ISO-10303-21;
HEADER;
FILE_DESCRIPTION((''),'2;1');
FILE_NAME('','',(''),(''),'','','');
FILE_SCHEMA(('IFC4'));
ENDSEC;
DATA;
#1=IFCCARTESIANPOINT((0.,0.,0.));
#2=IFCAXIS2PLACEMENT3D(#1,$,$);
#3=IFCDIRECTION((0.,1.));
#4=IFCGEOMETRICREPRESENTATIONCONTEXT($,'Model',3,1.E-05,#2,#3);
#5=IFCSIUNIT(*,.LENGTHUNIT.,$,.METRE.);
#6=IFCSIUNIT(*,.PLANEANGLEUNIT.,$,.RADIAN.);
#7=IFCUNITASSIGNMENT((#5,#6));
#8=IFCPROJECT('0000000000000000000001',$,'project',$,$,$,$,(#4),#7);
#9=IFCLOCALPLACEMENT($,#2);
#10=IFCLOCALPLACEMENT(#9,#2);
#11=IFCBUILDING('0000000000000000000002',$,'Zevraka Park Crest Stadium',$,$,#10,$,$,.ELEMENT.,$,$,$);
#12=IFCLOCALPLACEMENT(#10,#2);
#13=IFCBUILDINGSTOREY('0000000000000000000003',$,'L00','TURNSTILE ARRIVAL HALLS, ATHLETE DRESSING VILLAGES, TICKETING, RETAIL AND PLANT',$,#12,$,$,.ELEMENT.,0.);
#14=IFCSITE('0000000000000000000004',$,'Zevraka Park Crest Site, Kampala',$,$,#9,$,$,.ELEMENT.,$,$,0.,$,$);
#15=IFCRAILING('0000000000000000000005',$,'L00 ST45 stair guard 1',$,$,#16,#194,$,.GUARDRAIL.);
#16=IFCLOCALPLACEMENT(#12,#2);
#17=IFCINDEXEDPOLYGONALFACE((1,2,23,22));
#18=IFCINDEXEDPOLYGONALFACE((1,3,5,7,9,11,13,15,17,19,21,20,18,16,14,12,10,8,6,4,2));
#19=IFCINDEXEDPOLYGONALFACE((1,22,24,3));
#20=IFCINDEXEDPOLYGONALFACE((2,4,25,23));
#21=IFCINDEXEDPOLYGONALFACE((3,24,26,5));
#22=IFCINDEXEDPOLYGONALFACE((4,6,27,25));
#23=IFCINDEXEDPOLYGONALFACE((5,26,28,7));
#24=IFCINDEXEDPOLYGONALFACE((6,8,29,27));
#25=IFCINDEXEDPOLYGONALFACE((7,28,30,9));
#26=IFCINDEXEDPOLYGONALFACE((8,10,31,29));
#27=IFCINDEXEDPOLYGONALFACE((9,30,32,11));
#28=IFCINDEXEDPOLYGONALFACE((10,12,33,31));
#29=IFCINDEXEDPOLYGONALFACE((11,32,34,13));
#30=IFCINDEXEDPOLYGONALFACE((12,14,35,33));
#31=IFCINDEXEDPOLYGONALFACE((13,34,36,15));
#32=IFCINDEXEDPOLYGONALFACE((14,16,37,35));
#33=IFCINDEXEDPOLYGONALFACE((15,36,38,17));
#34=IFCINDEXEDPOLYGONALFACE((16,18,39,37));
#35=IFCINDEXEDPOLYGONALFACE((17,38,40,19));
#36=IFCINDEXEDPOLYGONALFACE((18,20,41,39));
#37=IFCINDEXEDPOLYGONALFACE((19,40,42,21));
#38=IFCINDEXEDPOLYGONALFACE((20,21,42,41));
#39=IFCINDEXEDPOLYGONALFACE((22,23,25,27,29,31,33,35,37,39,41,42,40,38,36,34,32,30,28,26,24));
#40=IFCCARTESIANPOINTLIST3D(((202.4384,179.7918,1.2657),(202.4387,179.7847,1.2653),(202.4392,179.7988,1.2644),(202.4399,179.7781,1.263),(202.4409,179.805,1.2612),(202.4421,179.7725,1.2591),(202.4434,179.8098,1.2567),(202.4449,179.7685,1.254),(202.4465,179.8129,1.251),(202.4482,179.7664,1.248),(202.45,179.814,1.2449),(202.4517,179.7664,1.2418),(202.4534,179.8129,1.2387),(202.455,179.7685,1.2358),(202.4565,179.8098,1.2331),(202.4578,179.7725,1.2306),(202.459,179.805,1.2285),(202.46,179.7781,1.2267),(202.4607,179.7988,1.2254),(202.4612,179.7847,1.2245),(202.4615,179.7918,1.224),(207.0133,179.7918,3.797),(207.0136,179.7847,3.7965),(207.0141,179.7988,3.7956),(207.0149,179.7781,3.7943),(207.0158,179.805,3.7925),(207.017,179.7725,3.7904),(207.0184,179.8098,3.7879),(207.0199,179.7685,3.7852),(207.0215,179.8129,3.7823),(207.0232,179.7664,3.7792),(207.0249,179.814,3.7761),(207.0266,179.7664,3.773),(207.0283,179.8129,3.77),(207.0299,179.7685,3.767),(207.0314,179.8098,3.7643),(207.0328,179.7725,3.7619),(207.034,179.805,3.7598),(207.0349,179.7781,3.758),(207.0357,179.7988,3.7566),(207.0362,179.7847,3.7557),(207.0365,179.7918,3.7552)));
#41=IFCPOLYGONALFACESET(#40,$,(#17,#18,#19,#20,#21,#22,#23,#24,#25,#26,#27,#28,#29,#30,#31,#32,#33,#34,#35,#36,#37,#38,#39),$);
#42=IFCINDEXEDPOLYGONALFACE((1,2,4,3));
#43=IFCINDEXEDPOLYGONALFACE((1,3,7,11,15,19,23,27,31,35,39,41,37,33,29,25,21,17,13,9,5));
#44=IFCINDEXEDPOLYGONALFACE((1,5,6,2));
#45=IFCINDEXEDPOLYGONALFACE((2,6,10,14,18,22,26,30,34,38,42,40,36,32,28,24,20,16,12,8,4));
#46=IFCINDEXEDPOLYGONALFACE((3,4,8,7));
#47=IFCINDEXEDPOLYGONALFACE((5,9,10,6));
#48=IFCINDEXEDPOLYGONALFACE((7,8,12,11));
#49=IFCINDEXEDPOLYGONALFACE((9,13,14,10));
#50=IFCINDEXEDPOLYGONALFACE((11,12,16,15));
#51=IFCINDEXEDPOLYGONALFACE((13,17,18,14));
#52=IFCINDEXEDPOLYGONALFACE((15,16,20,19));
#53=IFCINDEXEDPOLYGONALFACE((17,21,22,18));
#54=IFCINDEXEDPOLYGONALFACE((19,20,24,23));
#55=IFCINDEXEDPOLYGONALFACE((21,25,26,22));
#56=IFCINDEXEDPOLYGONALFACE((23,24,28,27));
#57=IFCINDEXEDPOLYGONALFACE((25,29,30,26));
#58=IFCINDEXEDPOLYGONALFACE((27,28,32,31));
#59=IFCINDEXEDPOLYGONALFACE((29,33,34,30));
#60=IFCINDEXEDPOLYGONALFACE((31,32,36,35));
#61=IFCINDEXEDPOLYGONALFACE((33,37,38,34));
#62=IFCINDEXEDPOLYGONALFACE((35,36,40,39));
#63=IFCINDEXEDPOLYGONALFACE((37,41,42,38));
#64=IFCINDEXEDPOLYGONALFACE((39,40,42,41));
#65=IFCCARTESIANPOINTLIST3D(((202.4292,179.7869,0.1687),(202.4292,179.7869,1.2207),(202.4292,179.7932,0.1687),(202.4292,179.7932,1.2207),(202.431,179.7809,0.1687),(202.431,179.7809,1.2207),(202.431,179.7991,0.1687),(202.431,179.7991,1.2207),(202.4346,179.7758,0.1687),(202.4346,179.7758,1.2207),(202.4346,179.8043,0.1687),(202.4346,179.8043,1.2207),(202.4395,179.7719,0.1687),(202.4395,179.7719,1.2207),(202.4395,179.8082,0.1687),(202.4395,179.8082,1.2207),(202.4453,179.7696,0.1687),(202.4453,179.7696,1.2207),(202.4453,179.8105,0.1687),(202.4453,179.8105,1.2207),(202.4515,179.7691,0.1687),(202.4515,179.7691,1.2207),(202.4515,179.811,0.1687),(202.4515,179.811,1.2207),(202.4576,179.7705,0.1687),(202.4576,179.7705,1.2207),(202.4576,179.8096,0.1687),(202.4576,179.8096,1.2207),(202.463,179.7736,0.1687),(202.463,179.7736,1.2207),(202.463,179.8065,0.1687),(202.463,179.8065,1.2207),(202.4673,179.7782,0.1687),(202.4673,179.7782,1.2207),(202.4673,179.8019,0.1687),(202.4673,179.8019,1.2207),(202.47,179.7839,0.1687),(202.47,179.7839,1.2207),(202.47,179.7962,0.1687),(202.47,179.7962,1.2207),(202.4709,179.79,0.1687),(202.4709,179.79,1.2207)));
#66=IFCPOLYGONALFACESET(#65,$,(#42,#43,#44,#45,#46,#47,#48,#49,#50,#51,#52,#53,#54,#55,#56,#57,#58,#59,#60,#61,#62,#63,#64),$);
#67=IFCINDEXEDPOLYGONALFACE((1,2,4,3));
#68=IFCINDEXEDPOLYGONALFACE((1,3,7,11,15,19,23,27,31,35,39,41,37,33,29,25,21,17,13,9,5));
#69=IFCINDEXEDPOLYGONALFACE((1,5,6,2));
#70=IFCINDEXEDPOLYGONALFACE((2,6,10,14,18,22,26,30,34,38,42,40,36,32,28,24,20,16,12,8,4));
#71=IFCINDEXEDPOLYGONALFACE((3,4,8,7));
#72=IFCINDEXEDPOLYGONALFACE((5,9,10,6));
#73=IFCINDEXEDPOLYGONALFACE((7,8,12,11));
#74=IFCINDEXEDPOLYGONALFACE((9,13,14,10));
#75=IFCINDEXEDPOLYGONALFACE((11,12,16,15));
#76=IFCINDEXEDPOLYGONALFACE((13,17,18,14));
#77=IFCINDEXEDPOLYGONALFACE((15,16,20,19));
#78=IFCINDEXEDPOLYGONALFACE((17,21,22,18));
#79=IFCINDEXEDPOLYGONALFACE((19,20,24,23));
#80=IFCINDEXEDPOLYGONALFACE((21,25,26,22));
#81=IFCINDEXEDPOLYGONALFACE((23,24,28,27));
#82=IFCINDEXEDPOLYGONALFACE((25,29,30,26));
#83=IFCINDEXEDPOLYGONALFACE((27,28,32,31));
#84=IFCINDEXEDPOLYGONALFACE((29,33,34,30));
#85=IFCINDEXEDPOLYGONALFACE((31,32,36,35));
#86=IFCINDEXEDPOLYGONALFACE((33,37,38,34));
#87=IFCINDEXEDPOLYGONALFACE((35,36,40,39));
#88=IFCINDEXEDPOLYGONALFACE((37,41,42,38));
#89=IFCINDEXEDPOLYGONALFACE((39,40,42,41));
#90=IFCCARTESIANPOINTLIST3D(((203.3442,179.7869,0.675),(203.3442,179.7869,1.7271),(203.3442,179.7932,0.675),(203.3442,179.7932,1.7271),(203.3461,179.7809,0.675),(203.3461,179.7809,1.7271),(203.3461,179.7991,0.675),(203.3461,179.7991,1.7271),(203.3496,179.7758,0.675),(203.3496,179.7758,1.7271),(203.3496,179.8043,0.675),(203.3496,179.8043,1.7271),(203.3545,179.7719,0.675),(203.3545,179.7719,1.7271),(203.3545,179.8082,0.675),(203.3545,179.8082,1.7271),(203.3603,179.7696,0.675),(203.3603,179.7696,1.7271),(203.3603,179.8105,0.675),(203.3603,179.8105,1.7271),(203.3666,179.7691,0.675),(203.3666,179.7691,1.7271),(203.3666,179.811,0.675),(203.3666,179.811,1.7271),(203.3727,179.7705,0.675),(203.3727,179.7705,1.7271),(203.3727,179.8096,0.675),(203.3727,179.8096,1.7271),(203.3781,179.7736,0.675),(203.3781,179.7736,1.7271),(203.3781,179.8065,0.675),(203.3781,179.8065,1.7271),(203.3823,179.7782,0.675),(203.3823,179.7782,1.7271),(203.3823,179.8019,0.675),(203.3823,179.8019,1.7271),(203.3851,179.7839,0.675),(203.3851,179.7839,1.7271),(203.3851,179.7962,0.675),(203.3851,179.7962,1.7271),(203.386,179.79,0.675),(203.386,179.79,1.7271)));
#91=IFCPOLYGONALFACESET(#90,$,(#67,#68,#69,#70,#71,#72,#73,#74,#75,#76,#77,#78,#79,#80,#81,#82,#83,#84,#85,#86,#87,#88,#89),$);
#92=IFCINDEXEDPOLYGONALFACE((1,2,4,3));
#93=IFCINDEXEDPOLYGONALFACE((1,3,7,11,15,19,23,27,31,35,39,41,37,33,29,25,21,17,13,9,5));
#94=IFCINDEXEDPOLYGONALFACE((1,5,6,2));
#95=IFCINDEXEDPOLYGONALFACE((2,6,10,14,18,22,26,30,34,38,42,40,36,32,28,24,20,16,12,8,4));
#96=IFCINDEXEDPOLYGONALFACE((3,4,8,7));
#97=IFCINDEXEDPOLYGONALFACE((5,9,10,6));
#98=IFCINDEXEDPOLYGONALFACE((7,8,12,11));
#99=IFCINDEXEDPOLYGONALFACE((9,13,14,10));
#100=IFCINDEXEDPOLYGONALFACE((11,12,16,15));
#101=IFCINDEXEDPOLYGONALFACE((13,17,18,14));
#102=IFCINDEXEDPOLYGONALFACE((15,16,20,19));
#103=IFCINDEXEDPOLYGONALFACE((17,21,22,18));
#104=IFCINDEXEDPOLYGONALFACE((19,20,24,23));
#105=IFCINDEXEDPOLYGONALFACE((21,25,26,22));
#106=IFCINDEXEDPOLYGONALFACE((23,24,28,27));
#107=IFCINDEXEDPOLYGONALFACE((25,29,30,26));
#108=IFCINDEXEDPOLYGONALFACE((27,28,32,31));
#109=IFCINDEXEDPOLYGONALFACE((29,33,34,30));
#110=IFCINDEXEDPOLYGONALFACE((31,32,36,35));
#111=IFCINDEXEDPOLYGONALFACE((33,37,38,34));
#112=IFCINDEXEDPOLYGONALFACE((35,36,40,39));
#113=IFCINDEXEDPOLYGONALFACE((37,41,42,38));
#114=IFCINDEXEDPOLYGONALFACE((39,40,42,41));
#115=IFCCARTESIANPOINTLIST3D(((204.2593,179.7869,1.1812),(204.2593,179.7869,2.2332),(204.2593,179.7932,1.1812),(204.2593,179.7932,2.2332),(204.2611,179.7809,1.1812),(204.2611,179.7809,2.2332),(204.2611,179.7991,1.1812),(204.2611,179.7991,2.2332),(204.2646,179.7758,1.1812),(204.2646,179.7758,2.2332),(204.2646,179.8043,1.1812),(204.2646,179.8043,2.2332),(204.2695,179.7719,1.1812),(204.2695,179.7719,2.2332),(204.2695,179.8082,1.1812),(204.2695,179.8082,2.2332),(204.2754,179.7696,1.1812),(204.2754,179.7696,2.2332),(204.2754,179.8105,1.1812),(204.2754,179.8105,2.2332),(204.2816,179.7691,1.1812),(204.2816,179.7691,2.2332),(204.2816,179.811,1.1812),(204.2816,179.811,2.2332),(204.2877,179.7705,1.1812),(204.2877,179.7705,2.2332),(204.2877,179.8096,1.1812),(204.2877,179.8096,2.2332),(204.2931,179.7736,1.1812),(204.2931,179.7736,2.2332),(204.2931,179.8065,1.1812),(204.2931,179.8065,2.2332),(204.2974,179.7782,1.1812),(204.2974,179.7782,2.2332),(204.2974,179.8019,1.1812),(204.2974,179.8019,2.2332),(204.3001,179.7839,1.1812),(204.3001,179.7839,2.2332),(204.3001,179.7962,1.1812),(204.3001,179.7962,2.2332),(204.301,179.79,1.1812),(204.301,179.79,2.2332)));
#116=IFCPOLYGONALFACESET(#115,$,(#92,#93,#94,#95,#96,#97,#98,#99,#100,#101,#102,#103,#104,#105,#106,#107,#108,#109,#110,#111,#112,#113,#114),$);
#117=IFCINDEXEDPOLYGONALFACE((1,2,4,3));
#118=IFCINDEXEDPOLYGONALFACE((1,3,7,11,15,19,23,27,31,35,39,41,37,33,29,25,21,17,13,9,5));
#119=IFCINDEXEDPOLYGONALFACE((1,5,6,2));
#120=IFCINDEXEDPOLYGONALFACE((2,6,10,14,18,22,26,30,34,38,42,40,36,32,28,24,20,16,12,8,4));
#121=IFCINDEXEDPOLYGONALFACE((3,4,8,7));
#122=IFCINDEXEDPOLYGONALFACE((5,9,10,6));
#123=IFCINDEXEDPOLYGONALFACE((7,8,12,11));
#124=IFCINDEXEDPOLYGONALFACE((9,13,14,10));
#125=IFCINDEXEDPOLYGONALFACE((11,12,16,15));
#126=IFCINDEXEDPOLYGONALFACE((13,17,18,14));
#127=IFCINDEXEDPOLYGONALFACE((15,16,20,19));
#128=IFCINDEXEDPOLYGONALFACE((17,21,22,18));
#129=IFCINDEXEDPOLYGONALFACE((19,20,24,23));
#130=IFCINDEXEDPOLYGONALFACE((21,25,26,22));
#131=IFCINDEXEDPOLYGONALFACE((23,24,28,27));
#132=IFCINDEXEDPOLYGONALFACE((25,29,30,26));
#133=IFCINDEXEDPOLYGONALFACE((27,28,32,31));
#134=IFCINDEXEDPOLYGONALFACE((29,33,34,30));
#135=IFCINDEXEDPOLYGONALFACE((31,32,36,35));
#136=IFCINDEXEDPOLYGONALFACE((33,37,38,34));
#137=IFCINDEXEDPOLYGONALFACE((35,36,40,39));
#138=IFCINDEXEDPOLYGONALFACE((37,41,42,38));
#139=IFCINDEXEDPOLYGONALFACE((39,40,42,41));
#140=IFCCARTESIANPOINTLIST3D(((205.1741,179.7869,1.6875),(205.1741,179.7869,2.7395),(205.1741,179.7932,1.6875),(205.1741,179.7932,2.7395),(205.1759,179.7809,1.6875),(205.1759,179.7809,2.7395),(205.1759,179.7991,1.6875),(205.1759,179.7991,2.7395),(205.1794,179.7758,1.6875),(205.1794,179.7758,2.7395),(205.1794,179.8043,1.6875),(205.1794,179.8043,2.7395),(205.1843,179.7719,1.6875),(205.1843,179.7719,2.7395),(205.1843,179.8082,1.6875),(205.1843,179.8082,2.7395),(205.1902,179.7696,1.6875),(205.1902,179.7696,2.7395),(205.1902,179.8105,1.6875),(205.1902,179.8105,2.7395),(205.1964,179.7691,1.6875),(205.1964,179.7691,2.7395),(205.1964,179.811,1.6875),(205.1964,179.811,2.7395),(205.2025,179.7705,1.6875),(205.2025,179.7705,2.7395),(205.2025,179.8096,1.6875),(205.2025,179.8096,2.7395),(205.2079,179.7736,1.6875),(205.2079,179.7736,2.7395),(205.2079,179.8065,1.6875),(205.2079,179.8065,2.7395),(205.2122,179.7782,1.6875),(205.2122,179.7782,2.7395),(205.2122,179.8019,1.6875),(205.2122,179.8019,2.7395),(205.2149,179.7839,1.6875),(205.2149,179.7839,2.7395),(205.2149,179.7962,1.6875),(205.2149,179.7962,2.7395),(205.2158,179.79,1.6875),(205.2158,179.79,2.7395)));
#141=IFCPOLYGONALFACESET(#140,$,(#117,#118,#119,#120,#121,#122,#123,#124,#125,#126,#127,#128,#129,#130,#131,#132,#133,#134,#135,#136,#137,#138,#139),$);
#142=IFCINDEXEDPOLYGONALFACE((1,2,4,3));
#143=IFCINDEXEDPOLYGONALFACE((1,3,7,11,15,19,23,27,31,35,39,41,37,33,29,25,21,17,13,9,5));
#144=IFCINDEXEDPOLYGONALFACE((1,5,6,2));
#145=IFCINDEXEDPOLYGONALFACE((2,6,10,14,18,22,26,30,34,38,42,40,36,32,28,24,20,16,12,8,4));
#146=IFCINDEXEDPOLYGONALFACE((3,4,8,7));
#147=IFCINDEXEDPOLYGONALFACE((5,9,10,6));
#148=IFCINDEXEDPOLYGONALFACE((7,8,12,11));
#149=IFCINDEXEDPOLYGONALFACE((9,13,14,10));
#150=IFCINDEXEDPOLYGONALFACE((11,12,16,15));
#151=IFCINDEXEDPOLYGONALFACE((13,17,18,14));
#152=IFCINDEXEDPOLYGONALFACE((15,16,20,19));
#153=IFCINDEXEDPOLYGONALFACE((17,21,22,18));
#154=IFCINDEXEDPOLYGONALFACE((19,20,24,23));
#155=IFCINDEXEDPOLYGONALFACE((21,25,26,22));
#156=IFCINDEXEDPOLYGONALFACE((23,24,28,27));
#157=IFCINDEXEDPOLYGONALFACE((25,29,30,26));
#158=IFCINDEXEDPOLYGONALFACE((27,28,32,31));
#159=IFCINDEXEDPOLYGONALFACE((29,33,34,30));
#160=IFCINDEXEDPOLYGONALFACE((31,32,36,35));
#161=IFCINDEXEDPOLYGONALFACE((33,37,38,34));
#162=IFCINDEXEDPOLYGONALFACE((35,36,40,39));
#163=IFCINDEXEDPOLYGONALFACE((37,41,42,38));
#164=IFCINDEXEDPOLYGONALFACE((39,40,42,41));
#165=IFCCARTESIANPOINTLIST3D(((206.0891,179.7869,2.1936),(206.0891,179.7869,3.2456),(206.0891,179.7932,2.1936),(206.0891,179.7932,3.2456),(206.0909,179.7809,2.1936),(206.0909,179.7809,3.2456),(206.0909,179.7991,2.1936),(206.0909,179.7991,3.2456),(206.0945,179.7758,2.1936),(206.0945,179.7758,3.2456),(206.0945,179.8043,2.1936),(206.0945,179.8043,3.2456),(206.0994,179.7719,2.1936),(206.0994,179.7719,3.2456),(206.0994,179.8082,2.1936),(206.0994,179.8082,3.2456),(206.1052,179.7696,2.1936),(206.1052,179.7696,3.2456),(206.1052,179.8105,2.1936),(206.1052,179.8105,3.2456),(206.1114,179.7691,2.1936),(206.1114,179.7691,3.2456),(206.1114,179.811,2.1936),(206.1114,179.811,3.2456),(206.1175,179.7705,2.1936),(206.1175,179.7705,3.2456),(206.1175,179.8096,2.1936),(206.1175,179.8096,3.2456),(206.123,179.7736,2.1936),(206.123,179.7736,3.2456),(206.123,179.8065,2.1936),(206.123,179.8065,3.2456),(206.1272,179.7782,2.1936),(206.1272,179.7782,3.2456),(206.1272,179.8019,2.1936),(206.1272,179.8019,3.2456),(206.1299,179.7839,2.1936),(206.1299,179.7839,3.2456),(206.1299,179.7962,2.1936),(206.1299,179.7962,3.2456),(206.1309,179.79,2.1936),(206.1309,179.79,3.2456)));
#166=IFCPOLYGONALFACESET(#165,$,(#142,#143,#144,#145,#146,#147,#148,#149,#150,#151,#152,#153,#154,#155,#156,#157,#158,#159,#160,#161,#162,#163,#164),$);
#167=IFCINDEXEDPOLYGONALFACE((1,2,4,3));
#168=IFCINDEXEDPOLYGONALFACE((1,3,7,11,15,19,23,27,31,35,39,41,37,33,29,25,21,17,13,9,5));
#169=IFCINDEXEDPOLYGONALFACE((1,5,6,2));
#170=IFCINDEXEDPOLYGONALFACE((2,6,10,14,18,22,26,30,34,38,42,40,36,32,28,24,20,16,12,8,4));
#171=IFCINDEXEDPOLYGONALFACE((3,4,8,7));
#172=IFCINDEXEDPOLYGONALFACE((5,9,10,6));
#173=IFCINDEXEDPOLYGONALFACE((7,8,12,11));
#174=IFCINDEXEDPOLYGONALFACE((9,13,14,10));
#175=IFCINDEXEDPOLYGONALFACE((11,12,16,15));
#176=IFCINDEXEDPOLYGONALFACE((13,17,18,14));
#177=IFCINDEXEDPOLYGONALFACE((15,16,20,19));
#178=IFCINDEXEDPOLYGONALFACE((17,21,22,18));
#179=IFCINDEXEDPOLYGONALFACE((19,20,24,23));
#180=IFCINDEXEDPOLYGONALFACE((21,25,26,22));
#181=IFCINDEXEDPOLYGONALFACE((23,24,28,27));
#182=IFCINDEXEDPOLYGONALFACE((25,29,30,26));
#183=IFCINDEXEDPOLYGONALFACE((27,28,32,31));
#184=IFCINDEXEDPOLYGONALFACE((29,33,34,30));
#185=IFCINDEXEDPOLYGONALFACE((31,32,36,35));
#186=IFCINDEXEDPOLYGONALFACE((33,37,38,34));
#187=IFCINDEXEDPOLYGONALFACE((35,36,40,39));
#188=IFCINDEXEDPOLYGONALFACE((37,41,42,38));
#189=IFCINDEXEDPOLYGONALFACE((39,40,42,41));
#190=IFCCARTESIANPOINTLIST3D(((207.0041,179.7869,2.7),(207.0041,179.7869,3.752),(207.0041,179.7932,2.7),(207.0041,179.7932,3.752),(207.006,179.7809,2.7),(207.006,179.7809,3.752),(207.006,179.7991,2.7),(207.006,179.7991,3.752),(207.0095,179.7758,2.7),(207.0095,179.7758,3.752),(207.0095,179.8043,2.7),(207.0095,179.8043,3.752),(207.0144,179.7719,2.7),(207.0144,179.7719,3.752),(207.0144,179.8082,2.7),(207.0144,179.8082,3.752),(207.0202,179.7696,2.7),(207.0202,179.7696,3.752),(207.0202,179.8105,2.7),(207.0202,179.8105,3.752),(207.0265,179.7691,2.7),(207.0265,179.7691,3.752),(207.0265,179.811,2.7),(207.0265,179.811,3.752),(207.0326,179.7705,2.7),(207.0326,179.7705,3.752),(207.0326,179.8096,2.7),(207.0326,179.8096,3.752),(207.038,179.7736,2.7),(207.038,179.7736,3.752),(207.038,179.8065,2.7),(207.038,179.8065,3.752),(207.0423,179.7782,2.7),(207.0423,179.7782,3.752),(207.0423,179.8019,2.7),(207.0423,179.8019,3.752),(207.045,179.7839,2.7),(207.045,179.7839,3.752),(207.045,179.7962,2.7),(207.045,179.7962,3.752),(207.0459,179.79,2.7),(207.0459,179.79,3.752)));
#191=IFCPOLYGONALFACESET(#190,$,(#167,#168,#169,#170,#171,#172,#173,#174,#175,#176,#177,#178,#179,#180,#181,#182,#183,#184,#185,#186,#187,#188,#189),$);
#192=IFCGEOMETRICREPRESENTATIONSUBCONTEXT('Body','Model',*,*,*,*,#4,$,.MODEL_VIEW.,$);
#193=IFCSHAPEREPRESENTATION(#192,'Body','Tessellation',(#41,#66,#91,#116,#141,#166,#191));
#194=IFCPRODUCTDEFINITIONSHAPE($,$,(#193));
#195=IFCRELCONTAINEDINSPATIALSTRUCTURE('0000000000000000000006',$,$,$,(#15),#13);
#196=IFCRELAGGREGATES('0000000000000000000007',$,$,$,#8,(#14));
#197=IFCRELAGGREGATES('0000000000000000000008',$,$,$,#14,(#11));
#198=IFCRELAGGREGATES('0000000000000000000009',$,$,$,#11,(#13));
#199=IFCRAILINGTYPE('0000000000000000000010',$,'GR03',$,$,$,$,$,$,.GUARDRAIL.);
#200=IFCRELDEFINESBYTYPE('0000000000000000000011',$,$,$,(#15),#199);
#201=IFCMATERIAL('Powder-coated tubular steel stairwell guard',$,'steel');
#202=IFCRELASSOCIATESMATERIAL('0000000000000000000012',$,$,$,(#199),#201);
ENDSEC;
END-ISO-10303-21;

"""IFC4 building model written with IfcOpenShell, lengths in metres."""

from ifc_helpers import new_model, si_unit, direction, frame, origin, origin_2d, place, context, subcontext, project, spatial, circle, extrude, material, type_object, element, save


model = new_model("IFC4")

# Units and contexts
model_context = context("Model", 3, precision=1e-05, world=origin(), true_north=direction((0.0, 1.0)))
body_context = subcontext(model_context, "Body", "Model", "MODEL_VIEW")
ifc_project = project(units=[si_unit("LENGTHUNIT", "METRE"), si_unit("PLANEANGLEUNIT", "RADIAN")], contexts=[model_context])

# Site, building, storey
site_placement = place(None, origin())
site = spatial("IfcSite", under=ifc_project, at=site_placement, Name="Zevraka Park Crest Site, Kampala", CompositionType="ELEMENT", RefElevation=0.0)
building_placement = place(site_placement, origin())
building = spatial("IfcBuilding", under=site, at=building_placement, Name="Zevraka Park Crest Stadium", CompositionType="ELEMENT")
storey_placement = place(building_placement, origin())
storey = spatial("IfcBuildingStorey", under=building, at=storey_placement, Name="L00", Description="TURNSTILE ARRIVAL HALLS, ATHLETE DRESSING VILLAGES, TICKETING, RETAIL AND PLANT", CompositionType="ELEMENT", Elevation=0.0)

# Railing
ifc_material_1 = material(Name="Powder-coated tubular steel stairwell guard", Category="steel")
railing_type_1 = type_object("IfcRailingType", Name="GR03", PredefinedType="GUARDRAIL", material=ifc_material_1)
railing_1_placement = place(storey_placement, frame((202.45, 179.79, 0.1687)))
element("IfcRailing", 1, at=railing_1_placement, inside=storey, type_object=railing_type_1, Name="L00 ST45 stair guard 1", PredefinedType="GUARDRAIL", context=body_context, shape_type="SweptSolid", body=[
    extrude(circle(Radius=0.0239, at=origin_2d()), frame((0.0, 0.0, 1.0762), z_axis=(0.875, 0.0, 0.484124), x_axis=(0.0, 1.0, 0.0)), (0.0, 0.0, 1.0), 5.2285),
    extrude(circle(Radius=0.021, at=origin_2d()), origin(), (0.0, 0.0, 1.0), 1.052),
    extrude(circle(Radius=0.021, at=origin_2d()), frame((0.915, 0.0, 0.5063)), (0.0, 0.0, 1.0), 1.052),
    extrude(circle(Radius=0.021, at=origin_2d()), frame((1.8301, 0.0, 1.0125)), (0.0, 0.0, 1.0), 1.052),
    extrude(circle(Radius=0.021, at=origin_2d()), frame((2.7449, 0.0, 1.5188)), (0.0, 0.0, 1.0), 1.052),
    extrude(circle(Radius=0.021, at=origin_2d()), frame((3.6599, 0.0, 2.0249)), (0.0, 0.0, 1.0), 1.052),
    extrude(circle(Radius=0.021, at=origin_2d()), frame((4.575, 0.0, 2.5312)), (0.0, 0.0, 1.0), 1.052),
])

save(model, "model.ifc")
